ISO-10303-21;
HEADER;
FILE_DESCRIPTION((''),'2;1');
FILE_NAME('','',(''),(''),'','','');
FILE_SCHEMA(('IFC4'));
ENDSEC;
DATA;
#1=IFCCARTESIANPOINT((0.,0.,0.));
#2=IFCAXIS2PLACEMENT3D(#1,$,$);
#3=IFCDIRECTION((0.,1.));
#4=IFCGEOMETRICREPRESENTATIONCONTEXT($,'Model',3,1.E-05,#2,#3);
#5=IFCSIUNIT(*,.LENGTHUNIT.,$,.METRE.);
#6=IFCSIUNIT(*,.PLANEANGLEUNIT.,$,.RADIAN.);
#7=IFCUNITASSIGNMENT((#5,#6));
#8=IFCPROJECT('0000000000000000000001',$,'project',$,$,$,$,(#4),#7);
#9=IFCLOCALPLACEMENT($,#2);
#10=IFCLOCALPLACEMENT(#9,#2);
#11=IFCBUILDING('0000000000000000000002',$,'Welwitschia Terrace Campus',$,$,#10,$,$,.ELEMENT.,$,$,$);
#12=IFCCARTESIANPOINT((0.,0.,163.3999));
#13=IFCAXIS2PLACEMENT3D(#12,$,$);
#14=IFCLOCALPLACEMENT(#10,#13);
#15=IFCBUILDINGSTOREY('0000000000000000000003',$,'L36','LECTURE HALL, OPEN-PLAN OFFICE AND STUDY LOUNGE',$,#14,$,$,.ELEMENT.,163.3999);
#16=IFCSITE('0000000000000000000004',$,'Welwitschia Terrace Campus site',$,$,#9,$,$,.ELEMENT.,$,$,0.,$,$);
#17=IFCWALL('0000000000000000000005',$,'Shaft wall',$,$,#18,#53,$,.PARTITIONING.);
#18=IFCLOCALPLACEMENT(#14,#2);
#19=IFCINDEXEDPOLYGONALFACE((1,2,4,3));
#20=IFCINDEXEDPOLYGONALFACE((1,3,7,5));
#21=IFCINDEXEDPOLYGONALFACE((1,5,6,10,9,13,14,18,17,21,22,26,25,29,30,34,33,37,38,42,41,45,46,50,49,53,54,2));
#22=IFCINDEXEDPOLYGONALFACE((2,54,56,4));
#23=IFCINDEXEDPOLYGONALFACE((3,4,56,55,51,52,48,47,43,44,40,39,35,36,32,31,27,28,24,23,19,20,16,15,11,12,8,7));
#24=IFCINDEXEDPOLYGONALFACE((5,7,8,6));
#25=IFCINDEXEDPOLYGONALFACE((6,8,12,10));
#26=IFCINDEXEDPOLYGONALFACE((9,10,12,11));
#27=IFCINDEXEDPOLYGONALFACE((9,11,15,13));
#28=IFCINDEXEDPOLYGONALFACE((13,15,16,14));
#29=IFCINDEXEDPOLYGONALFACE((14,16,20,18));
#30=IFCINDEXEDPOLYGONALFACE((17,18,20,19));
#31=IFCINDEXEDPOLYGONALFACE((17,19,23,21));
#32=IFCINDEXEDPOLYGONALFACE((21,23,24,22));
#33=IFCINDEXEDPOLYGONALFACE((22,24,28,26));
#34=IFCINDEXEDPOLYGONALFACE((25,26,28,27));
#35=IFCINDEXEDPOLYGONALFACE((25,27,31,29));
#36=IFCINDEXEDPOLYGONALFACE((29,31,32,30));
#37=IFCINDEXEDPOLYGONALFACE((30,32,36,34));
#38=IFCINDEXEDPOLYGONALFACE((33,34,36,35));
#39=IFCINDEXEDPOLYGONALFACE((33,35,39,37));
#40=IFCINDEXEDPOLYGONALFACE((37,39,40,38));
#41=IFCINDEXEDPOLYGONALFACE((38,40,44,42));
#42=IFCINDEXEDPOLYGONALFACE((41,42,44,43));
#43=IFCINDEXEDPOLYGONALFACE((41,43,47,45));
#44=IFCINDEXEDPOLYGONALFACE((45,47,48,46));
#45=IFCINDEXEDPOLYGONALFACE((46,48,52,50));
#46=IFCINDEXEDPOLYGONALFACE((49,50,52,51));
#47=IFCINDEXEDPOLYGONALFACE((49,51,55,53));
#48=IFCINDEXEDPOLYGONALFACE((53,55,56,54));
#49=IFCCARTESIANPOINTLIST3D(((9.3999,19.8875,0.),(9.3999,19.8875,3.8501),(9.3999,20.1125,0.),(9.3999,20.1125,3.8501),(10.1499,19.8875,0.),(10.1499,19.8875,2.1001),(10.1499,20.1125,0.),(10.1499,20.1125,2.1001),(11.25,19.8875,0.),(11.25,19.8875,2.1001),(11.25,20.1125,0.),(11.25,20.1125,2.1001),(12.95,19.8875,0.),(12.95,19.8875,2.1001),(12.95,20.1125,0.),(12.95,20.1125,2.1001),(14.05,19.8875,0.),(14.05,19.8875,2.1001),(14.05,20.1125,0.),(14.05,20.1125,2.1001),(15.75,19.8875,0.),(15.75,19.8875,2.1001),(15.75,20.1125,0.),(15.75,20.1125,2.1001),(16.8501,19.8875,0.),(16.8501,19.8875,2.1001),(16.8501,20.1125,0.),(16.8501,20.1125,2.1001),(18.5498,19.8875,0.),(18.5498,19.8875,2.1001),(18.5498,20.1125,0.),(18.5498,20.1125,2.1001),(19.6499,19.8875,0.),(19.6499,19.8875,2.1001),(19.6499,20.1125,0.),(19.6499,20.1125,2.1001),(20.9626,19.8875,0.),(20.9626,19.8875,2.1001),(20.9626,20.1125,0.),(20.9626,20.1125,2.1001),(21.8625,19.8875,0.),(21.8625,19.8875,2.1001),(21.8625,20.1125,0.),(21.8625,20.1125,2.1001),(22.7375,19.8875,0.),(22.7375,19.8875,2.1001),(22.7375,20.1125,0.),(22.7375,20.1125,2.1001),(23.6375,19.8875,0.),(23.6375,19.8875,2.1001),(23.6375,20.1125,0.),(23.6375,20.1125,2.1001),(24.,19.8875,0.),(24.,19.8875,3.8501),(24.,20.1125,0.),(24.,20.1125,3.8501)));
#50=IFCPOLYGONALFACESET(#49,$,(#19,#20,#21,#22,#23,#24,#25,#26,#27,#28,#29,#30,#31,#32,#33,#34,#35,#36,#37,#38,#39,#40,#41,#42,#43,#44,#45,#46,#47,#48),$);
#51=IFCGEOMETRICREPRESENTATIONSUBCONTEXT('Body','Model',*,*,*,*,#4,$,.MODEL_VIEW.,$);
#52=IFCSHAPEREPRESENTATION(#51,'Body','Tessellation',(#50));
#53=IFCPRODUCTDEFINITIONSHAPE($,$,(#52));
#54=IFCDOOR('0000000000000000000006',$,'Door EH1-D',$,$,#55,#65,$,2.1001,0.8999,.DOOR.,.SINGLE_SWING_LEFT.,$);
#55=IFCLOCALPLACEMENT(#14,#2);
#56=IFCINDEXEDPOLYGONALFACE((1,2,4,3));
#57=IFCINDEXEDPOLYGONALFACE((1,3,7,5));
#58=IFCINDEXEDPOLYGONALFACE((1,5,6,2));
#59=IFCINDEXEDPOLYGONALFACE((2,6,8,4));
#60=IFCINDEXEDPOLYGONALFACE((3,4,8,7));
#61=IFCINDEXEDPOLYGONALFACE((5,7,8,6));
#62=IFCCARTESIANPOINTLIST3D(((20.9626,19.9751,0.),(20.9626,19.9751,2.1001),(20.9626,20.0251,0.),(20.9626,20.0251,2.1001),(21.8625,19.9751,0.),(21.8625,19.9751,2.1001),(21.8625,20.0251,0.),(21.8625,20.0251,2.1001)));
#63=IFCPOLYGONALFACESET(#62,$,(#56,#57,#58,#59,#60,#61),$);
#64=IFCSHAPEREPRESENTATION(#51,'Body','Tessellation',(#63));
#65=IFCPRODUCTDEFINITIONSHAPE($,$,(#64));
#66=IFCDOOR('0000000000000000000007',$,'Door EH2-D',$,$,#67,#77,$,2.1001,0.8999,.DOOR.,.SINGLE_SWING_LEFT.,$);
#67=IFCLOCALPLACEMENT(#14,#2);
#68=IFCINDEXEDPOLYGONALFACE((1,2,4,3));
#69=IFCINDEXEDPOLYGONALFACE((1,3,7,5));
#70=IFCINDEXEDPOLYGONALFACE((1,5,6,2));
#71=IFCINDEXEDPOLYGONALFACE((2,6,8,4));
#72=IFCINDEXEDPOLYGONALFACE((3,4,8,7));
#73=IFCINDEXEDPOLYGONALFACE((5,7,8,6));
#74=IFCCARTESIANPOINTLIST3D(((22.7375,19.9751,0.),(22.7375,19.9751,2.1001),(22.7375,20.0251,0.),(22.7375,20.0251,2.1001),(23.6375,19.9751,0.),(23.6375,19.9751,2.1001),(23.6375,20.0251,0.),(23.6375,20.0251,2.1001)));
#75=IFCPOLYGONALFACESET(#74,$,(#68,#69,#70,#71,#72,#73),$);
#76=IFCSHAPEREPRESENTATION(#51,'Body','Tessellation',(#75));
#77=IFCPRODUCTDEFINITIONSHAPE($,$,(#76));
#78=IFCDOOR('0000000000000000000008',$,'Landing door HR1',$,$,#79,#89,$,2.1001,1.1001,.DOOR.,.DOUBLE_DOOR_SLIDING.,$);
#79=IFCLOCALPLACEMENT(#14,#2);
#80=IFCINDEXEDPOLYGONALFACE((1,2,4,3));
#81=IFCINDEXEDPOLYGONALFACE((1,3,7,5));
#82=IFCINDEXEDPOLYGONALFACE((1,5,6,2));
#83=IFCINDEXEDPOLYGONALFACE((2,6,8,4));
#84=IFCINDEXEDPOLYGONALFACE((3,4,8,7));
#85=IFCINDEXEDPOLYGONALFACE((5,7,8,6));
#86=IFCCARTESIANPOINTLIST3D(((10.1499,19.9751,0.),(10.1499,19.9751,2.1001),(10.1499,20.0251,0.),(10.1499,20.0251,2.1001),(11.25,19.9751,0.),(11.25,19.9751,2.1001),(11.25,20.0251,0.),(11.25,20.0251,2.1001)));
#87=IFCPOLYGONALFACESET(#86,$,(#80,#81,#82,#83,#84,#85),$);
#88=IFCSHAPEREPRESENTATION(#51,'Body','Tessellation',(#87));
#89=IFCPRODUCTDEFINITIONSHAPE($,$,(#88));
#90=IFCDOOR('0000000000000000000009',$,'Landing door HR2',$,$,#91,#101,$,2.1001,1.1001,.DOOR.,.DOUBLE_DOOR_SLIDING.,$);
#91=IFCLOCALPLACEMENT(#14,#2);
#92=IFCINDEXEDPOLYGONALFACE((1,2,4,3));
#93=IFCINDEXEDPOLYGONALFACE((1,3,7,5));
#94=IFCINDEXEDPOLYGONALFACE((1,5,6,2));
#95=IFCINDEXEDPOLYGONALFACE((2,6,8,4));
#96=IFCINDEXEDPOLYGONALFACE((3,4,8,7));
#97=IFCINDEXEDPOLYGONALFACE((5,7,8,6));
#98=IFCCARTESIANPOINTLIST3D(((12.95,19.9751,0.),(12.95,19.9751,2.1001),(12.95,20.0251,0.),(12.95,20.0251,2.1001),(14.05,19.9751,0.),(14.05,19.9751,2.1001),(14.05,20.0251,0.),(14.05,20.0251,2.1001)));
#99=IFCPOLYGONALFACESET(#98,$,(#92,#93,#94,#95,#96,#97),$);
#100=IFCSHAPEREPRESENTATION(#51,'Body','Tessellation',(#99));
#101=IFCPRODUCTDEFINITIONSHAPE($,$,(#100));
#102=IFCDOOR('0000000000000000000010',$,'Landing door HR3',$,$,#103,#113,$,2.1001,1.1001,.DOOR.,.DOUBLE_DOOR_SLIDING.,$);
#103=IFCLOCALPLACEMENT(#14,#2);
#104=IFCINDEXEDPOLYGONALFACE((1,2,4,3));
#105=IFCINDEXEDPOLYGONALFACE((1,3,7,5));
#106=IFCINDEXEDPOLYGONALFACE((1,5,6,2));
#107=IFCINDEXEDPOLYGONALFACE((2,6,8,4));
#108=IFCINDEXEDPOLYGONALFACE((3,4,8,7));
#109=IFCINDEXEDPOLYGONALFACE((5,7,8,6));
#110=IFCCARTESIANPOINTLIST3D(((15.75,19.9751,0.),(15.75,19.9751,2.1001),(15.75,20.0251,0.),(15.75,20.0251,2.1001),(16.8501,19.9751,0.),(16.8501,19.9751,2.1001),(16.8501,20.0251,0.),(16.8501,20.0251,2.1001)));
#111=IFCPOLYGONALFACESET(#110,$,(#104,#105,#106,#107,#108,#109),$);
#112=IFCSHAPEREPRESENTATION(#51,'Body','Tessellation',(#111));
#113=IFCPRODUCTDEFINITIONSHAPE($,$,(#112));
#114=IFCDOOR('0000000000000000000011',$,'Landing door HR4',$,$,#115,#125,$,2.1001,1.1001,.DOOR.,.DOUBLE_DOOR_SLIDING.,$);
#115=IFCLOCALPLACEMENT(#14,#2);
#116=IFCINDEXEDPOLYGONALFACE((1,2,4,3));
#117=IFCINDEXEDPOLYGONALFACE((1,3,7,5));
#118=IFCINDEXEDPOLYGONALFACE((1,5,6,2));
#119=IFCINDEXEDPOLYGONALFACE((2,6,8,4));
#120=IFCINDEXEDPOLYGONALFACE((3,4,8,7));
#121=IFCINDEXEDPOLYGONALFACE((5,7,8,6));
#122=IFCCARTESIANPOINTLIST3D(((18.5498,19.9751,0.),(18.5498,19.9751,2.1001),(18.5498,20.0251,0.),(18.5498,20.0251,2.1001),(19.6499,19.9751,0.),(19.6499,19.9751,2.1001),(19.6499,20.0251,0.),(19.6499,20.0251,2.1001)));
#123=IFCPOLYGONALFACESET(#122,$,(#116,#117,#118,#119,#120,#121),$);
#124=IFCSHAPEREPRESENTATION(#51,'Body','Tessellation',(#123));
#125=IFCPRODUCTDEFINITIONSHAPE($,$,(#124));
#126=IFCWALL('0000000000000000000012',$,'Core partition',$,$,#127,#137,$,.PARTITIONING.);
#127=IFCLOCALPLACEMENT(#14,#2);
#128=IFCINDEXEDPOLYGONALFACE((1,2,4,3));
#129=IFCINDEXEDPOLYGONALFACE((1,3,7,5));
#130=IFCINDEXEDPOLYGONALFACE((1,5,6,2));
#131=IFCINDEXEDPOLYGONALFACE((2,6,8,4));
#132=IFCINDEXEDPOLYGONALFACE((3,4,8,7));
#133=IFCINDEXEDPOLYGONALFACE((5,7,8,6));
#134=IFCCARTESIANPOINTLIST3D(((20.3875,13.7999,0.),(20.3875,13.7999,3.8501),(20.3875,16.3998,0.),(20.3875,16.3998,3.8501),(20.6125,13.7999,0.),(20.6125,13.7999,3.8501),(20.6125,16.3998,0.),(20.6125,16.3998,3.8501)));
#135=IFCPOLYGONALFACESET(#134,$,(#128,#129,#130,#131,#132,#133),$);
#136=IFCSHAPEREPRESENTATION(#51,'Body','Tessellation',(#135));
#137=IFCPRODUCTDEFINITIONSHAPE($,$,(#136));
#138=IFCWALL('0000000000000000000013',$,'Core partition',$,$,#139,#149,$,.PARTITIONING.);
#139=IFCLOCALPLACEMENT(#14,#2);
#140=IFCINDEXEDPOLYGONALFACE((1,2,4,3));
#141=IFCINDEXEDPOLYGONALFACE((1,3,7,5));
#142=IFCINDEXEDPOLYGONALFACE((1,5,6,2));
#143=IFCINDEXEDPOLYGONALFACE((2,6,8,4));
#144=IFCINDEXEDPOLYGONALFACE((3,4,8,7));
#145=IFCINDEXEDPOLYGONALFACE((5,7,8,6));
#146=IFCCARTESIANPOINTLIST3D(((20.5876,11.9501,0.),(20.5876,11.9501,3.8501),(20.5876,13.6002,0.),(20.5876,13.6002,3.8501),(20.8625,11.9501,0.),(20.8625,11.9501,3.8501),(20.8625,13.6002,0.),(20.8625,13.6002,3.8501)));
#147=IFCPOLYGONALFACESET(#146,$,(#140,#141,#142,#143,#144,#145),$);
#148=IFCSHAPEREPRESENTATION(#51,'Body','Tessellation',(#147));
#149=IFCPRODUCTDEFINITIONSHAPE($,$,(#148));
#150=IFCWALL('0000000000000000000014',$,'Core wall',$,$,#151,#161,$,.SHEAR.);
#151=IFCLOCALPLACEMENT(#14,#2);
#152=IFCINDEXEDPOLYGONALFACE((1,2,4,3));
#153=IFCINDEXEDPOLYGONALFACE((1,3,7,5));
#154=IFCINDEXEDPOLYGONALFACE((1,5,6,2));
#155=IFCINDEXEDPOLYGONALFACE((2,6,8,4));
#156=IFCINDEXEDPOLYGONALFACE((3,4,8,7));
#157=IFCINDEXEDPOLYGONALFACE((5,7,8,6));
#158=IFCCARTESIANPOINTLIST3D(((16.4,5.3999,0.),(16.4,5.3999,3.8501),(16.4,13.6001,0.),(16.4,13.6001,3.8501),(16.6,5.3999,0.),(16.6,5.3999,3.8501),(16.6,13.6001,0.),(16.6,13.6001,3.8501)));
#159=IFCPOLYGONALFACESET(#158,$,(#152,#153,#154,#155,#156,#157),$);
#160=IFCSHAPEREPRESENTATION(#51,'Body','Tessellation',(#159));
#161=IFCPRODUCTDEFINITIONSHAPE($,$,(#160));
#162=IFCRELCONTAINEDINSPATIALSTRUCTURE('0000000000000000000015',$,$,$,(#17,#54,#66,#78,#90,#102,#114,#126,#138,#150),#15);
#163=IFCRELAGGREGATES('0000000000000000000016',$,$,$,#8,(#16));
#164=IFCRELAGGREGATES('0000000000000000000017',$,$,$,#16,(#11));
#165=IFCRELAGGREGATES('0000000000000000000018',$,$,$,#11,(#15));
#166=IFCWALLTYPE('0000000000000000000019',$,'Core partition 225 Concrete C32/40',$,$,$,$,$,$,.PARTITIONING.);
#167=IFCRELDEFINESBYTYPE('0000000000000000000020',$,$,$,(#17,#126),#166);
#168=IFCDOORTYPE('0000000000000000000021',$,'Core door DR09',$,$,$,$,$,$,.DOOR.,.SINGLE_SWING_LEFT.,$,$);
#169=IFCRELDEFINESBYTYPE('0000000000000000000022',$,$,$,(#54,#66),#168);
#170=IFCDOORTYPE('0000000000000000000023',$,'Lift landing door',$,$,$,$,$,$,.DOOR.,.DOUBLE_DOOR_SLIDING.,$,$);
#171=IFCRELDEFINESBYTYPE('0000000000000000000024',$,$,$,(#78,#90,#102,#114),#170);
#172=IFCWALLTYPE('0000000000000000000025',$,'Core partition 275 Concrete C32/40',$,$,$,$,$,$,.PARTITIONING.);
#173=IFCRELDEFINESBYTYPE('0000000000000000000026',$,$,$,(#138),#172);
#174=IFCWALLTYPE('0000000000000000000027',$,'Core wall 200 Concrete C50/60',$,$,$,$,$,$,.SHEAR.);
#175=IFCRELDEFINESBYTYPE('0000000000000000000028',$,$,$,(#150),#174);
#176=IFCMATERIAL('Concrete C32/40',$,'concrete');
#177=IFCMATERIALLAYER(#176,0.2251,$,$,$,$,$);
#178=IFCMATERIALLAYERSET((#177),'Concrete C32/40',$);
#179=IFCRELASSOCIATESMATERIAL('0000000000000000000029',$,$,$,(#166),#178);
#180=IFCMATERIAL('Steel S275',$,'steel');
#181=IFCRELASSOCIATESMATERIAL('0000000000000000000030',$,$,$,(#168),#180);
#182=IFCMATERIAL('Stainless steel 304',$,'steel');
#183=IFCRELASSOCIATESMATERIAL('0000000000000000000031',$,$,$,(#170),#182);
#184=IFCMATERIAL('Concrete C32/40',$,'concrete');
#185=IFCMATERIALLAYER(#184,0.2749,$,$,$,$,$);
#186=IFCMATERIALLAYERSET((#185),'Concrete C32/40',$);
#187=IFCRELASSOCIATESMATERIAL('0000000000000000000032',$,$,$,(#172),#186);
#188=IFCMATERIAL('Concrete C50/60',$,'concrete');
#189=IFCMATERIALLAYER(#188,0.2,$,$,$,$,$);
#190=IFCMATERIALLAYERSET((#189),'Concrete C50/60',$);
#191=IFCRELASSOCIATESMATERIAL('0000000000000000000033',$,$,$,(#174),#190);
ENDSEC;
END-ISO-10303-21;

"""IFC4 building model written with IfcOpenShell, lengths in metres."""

from ifc_helpers import new_model, si_unit, direction, frame, frame_2d, origin, place, context, subcontext, project, spatial, rectangle, extrude, material, layer, layer_set, type_object, element, fill, save


model = new_model("IFC4")

# Units and contexts
model_context = context("Model", 3, precision=1e-05, world=origin(), true_north=direction((0.0, 1.0)))
body_context = subcontext(model_context, "Body", "Model", "MODEL_VIEW")
ifc_project = project(units=[si_unit("LENGTHUNIT", "METRE"), si_unit("PLANEANGLEUNIT", "RADIAN")], contexts=[model_context])

# Site, building, storey
site_placement = place(None, origin())
site = spatial("IfcSite", under=ifc_project, at=site_placement, Name="Welwitschia Terrace Campus site", CompositionType="ELEMENT", RefElevation=0.0)
building_placement = place(site_placement, origin())
building = spatial("IfcBuilding", under=site, at=building_placement, Name="Welwitschia Terrace Campus", CompositionType="ELEMENT")
storey_placement = place(building_placement, frame((0.0, 0.0, 163.3999)))
storey = spatial("IfcBuildingStorey", under=building, at=storey_placement, Name="L36", Description="LECTURE HALL, OPEN-PLAN OFFICE AND STUDY LOUNGE", CompositionType="ELEMENT", Elevation=163.3999)

# Shared definitions
ifc_material_1 = material(Name="Concrete C32/40", Category="concrete")
ifc_layer_1 = layer(ifc_material_1, 0.2251)
ifc_layer_set_1 = layer_set([ifc_layer_1], Name="Concrete C32/40")
wall_type_1 = type_object("IfcWallType", Name="Core partition 225 Concrete C32/40", PredefinedType="PARTITIONING", material=ifc_layer_set_1)

# Wall, openings, doors
wall_1_placement = place(storey_placement, frame((24.0, 20.0, 0.0), z_axis=(0.0, 0.0, 1.0), x_axis=(-1.0, 0.0, 0.0)))
wall_1 = element("IfcWall", 1, at=wall_1_placement, inside=storey, type_object=wall_type_1, Name="Shaft wall", PredefinedType="PARTITIONING", context=body_context, shape_type="SweptSolid", body=[
    extrude(rectangle(XDim=14.6001, YDim=0.2251, at=frame_2d((7.3, 0.0))), origin(), (0.0, 0.0, 1.0), 3.8501),
])
opening_1_placement = place(wall_1_placement, frame((12.75, 0.0, 0.0)))
opening_1 = element("IfcOpeningElement", 2, at=opening_1_placement, cuts=wall_1, PredefinedType="OPENING", context=body_context, shape_type="SweptSolid", body=[
    extrude(rectangle(XDim=1.1001, YDim=2.1001, at=frame_2d((0.55, 1.05))), frame((0.0, 0.1226, 0.0), z_axis=(0.0, -1.0, 0.0), x_axis=(1.0, 0.0, 0.0)), (0.0, 0.0, 1.0), 0.2451),
])
opening_2_placement = place(wall_1_placement, frame((9.95, 0.0, 0.0)))
opening_2 = element("IfcOpeningElement", 3, at=opening_2_placement, cuts=wall_1, PredefinedType="OPENING", context=body_context, shape_type="SweptSolid", body=[
    extrude(rectangle(XDim=1.1001, YDim=2.1001, at=frame_2d((0.55, 1.05))), frame((0.0, 0.1226, 0.0), z_axis=(0.0, -1.0, 0.0), x_axis=(1.0, 0.0, 0.0)), (0.0, 0.0, 1.0), 0.2451),
])
opening_3_placement = place(wall_1_placement, frame((7.1499, 0.0, 0.0)))
opening_3 = element("IfcOpeningElement", 4, at=opening_3_placement, cuts=wall_1, PredefinedType="OPENING", context=body_context, shape_type="SweptSolid", body=[
    extrude(rectangle(XDim=1.1001, YDim=2.1001, at=frame_2d((0.55, 1.05))), frame((0.0, 0.1226, 0.0), z_axis=(0.0, -1.0, 0.0), x_axis=(1.0, 0.0, 0.0)), (0.0, 0.0, 1.0), 0.2451),
])
opening_4_placement = place(wall_1_placement, frame((4.3501, 0.0, 0.0)))
opening_4 = element("IfcOpeningElement", 5, at=opening_4_placement, cuts=wall_1, PredefinedType="OPENING", context=body_context, shape_type="SweptSolid", body=[
    extrude(rectangle(XDim=1.1001, YDim=2.1001, at=frame_2d((0.55, 1.05))), frame((0.0, 0.1226, 0.0), z_axis=(0.0, -1.0, 0.0), x_axis=(1.0, 0.0, 0.0)), (0.0, 0.0, 1.0), 0.2451),
])
opening_5_placement = place(wall_1_placement, frame((2.1375, 0.0, 0.0)))
opening_5 = element("IfcOpeningElement", 6, at=opening_5_placement, cuts=wall_1, PredefinedType="OPENING", context=body_context, shape_type="SweptSolid", body=[
    extrude(rectangle(XDim=0.8999, YDim=2.1001, at=frame_2d((0.45, 1.05))), frame((0.0, 0.1226, 0.0), z_axis=(0.0, -1.0, 0.0), x_axis=(1.0, 0.0, 0.0)), (0.0, 0.0, 1.0), 0.2451),
])
opening_6_placement = place(wall_1_placement, frame((0.3625, 0.0, 0.0)))
opening_6 = element("IfcOpeningElement", 7, at=opening_6_placement, cuts=wall_1, PredefinedType="OPENING", context=body_context, shape_type="SweptSolid", body=[
    extrude(rectangle(XDim=0.8999, YDim=2.1001, at=frame_2d((0.45, 1.05))), frame((0.0, 0.1226, 0.0), z_axis=(0.0, -1.0, 0.0), x_axis=(1.0, 0.0, 0.0)), (0.0, 0.0, 1.0), 0.2451),
])
ifc_material_2 = material(Name="Steel S275", Category="steel")
door_type_1 = type_object("IfcDoorType", Name="Core door DR09", OperationType="SINGLE_SWING_LEFT", PredefinedType="DOOR", material=ifc_material_2)
door_1_placement = place(opening_5_placement, origin())
door_1 = element("IfcDoor", 8, at=door_1_placement, inside=storey, type_object=door_type_1, Name="Door EH1-D", OperationType="SINGLE_SWING_LEFT", OverallHeight=2.1001, OverallWidth=0.8999, PredefinedType="DOOR", context=body_context, shape_type="SweptSolid", body=[
    extrude(rectangle(XDim=0.8999, YDim=2.1001, at=frame_2d((0.45, 1.05))), frame((0.0, 0.0249, 0.0), z_axis=(0.0, -1.0, 0.0), x_axis=(1.0, 0.0, 0.0)), (0.0, 0.0, 1.0), 0.05),
])
fill(opening_5, door_1)
door_2_placement = place(opening_6_placement, origin())
door_2 = element("IfcDoor", 9, at=door_2_placement, inside=storey, type_object=door_type_1, Name="Door EH2-D", OperationType="SINGLE_SWING_LEFT", OverallHeight=2.1001, OverallWidth=0.8999, PredefinedType="DOOR", context=body_context, shape_type="SweptSolid", body=[
    extrude(rectangle(XDim=0.8999, YDim=2.1001, at=frame_2d((0.45, 1.05))), frame((0.0, 0.0249, 0.0), z_axis=(0.0, -1.0, 0.0), x_axis=(1.0, 0.0, 0.0)), (0.0, 0.0, 1.0), 0.05),
])
fill(opening_6, door_2)
ifc_material_3 = material(Name="Stainless steel 304", Category="steel")
door_type_2 = type_object("IfcDoorType", Name="Lift landing door", OperationType="DOUBLE_DOOR_SLIDING", PredefinedType="DOOR", material=ifc_material_3)
door_3_placement = place(opening_1_placement, origin())
door_3 = element("IfcDoor", 10, at=door_3_placement, inside=storey, type_object=door_type_2, Name="Landing door HR1", OperationType="DOUBLE_DOOR_SLIDING", OverallHeight=2.1001, OverallWidth=1.1001, PredefinedType="DOOR", context=body_context, shape_type="SweptSolid", body=[
    extrude(rectangle(XDim=1.1001, YDim=2.1001, at=frame_2d((0.55, 1.05))), frame((0.0, 0.0249, 0.0), z_axis=(0.0, -1.0, 0.0), x_axis=(1.0, 0.0, 0.0)), (0.0, 0.0, 1.0), 0.05),
])
fill(opening_1, door_3)
door_4_placement = place(opening_2_placement, origin())
door_4 = element("IfcDoor", 11, at=door_4_placement, inside=storey, type_object=door_type_2, Name="Landing door HR2", OperationType="DOUBLE_DOOR_SLIDING", OverallHeight=2.1001, OverallWidth=1.1001, PredefinedType="DOOR", context=body_context, shape_type="SweptSolid", body=[
    extrude(rectangle(XDim=1.1001, YDim=2.1001, at=frame_2d((0.55, 1.05))), frame((0.0, 0.0249, 0.0), z_axis=(0.0, -1.0, 0.0), x_axis=(1.0, 0.0, 0.0)), (0.0, 0.0, 1.0), 0.05),
])
fill(opening_2, door_4)
door_5_placement = place(opening_3_placement, origin())
door_5 = element("IfcDoor", 12, at=door_5_placement, inside=storey, type_object=door_type_2, Name="Landing door HR3", OperationType="DOUBLE_DOOR_SLIDING", OverallHeight=2.1001, OverallWidth=1.1001, PredefinedType="DOOR", context=body_context, shape_type="SweptSolid", body=[
    extrude(rectangle(XDim=1.1001, YDim=2.1001, at=frame_2d((0.55, 1.05))), frame((0.0, 0.0249, 0.0), z_axis=(0.0, -1.0, 0.0), x_axis=(1.0, 0.0, 0.0)), (0.0, 0.0, 1.0), 0.05),
])
fill(opening_3, door_5)
door_6_placement = place(opening_4_placement, origin())
door_6 = element("IfcDoor", 13, at=door_6_placement, inside=storey, type_object=door_type_2, Name="Landing door HR4", OperationType="DOUBLE_DOOR_SLIDING", OverallHeight=2.1001, OverallWidth=1.1001, PredefinedType="DOOR", context=body_context, shape_type="SweptSolid", body=[
    extrude(rectangle(XDim=1.1001, YDim=2.1001, at=frame_2d((0.55, 1.05))), frame((0.0, 0.0249, 0.0), z_axis=(0.0, -1.0, 0.0), x_axis=(1.0, 0.0, 0.0)), (0.0, 0.0, 1.0), 0.05),
])
fill(opening_4, door_6)

# Walls
wall_2_placement = place(storey_placement, frame((20.5, 13.8, 0.0), z_axis=(0.0, 0.0, 1.0), x_axis=(0.0, 1.0, 0.0)))
element("IfcWall", 14, at=wall_2_placement, inside=storey, type_object=wall_type_1, Name="Core partition", PredefinedType="PARTITIONING", context=body_context, shape_type="SweptSolid", body=[
    extrude(rectangle(XDim=2.5999, YDim=0.2251, at=frame_2d((1.2998, 0.0))), origin(), (0.0, 0.0, 1.0), 3.8501),
])
ifc_material_4 = material(Name="Concrete C32/40", Category="concrete")
ifc_layer_2 = layer(ifc_material_4, 0.2749)
ifc_layer_set_2 = layer_set([ifc_layer_2], Name="Concrete C32/40")
wall_type_2 = type_object("IfcWallType", Name="Core partition 275 Concrete C32/40", PredefinedType="PARTITIONING", material=ifc_layer_set_2)
wall_3_placement = place(storey_placement, frame((20.7251, 11.95, 0.0), z_axis=(0.0, 0.0, 1.0), x_axis=(0.0, 1.0, 0.0)))
element("IfcWall", 15, at=wall_3_placement, inside=storey, type_object=wall_type_2, Name="Core partition", PredefinedType="PARTITIONING", context=body_context, shape_type="SweptSolid", body=[
    extrude(rectangle(XDim=1.6501, YDim=0.2749, at=frame_2d((0.8252, 0.0))), origin(), (0.0, 0.0, 1.0), 3.8501),
])
ifc_material_5 = material(Name="Concrete C50/60", Category="concrete")
ifc_layer_3 = layer(ifc_material_5, 0.2)
ifc_layer_set_3 = layer_set([ifc_layer_3], Name="Concrete C50/60")
wall_type_3 = type_object("IfcWallType", Name="Core wall 200 Concrete C50/60", PredefinedType="SHEAR", material=ifc_layer_set_3)
wall_4_placement = place(storey_placement, frame((16.5, 5.3999, 0.0), z_axis=(0.0, 0.0, 1.0), x_axis=(0.0, 1.0, 0.0)))
element("IfcWall", 16, at=wall_4_placement, inside=storey, type_object=wall_type_3, Name="Core wall", PredefinedType="SHEAR", context=body_context, shape_type="SweptSolid", body=[
    extrude(rectangle(XDim=8.2002, YDim=0.2, at=frame_2d((4.1001, 0.0))), origin(), (0.0, 0.0, 1.0), 3.8501),
])

save(model, "model.ifc")
